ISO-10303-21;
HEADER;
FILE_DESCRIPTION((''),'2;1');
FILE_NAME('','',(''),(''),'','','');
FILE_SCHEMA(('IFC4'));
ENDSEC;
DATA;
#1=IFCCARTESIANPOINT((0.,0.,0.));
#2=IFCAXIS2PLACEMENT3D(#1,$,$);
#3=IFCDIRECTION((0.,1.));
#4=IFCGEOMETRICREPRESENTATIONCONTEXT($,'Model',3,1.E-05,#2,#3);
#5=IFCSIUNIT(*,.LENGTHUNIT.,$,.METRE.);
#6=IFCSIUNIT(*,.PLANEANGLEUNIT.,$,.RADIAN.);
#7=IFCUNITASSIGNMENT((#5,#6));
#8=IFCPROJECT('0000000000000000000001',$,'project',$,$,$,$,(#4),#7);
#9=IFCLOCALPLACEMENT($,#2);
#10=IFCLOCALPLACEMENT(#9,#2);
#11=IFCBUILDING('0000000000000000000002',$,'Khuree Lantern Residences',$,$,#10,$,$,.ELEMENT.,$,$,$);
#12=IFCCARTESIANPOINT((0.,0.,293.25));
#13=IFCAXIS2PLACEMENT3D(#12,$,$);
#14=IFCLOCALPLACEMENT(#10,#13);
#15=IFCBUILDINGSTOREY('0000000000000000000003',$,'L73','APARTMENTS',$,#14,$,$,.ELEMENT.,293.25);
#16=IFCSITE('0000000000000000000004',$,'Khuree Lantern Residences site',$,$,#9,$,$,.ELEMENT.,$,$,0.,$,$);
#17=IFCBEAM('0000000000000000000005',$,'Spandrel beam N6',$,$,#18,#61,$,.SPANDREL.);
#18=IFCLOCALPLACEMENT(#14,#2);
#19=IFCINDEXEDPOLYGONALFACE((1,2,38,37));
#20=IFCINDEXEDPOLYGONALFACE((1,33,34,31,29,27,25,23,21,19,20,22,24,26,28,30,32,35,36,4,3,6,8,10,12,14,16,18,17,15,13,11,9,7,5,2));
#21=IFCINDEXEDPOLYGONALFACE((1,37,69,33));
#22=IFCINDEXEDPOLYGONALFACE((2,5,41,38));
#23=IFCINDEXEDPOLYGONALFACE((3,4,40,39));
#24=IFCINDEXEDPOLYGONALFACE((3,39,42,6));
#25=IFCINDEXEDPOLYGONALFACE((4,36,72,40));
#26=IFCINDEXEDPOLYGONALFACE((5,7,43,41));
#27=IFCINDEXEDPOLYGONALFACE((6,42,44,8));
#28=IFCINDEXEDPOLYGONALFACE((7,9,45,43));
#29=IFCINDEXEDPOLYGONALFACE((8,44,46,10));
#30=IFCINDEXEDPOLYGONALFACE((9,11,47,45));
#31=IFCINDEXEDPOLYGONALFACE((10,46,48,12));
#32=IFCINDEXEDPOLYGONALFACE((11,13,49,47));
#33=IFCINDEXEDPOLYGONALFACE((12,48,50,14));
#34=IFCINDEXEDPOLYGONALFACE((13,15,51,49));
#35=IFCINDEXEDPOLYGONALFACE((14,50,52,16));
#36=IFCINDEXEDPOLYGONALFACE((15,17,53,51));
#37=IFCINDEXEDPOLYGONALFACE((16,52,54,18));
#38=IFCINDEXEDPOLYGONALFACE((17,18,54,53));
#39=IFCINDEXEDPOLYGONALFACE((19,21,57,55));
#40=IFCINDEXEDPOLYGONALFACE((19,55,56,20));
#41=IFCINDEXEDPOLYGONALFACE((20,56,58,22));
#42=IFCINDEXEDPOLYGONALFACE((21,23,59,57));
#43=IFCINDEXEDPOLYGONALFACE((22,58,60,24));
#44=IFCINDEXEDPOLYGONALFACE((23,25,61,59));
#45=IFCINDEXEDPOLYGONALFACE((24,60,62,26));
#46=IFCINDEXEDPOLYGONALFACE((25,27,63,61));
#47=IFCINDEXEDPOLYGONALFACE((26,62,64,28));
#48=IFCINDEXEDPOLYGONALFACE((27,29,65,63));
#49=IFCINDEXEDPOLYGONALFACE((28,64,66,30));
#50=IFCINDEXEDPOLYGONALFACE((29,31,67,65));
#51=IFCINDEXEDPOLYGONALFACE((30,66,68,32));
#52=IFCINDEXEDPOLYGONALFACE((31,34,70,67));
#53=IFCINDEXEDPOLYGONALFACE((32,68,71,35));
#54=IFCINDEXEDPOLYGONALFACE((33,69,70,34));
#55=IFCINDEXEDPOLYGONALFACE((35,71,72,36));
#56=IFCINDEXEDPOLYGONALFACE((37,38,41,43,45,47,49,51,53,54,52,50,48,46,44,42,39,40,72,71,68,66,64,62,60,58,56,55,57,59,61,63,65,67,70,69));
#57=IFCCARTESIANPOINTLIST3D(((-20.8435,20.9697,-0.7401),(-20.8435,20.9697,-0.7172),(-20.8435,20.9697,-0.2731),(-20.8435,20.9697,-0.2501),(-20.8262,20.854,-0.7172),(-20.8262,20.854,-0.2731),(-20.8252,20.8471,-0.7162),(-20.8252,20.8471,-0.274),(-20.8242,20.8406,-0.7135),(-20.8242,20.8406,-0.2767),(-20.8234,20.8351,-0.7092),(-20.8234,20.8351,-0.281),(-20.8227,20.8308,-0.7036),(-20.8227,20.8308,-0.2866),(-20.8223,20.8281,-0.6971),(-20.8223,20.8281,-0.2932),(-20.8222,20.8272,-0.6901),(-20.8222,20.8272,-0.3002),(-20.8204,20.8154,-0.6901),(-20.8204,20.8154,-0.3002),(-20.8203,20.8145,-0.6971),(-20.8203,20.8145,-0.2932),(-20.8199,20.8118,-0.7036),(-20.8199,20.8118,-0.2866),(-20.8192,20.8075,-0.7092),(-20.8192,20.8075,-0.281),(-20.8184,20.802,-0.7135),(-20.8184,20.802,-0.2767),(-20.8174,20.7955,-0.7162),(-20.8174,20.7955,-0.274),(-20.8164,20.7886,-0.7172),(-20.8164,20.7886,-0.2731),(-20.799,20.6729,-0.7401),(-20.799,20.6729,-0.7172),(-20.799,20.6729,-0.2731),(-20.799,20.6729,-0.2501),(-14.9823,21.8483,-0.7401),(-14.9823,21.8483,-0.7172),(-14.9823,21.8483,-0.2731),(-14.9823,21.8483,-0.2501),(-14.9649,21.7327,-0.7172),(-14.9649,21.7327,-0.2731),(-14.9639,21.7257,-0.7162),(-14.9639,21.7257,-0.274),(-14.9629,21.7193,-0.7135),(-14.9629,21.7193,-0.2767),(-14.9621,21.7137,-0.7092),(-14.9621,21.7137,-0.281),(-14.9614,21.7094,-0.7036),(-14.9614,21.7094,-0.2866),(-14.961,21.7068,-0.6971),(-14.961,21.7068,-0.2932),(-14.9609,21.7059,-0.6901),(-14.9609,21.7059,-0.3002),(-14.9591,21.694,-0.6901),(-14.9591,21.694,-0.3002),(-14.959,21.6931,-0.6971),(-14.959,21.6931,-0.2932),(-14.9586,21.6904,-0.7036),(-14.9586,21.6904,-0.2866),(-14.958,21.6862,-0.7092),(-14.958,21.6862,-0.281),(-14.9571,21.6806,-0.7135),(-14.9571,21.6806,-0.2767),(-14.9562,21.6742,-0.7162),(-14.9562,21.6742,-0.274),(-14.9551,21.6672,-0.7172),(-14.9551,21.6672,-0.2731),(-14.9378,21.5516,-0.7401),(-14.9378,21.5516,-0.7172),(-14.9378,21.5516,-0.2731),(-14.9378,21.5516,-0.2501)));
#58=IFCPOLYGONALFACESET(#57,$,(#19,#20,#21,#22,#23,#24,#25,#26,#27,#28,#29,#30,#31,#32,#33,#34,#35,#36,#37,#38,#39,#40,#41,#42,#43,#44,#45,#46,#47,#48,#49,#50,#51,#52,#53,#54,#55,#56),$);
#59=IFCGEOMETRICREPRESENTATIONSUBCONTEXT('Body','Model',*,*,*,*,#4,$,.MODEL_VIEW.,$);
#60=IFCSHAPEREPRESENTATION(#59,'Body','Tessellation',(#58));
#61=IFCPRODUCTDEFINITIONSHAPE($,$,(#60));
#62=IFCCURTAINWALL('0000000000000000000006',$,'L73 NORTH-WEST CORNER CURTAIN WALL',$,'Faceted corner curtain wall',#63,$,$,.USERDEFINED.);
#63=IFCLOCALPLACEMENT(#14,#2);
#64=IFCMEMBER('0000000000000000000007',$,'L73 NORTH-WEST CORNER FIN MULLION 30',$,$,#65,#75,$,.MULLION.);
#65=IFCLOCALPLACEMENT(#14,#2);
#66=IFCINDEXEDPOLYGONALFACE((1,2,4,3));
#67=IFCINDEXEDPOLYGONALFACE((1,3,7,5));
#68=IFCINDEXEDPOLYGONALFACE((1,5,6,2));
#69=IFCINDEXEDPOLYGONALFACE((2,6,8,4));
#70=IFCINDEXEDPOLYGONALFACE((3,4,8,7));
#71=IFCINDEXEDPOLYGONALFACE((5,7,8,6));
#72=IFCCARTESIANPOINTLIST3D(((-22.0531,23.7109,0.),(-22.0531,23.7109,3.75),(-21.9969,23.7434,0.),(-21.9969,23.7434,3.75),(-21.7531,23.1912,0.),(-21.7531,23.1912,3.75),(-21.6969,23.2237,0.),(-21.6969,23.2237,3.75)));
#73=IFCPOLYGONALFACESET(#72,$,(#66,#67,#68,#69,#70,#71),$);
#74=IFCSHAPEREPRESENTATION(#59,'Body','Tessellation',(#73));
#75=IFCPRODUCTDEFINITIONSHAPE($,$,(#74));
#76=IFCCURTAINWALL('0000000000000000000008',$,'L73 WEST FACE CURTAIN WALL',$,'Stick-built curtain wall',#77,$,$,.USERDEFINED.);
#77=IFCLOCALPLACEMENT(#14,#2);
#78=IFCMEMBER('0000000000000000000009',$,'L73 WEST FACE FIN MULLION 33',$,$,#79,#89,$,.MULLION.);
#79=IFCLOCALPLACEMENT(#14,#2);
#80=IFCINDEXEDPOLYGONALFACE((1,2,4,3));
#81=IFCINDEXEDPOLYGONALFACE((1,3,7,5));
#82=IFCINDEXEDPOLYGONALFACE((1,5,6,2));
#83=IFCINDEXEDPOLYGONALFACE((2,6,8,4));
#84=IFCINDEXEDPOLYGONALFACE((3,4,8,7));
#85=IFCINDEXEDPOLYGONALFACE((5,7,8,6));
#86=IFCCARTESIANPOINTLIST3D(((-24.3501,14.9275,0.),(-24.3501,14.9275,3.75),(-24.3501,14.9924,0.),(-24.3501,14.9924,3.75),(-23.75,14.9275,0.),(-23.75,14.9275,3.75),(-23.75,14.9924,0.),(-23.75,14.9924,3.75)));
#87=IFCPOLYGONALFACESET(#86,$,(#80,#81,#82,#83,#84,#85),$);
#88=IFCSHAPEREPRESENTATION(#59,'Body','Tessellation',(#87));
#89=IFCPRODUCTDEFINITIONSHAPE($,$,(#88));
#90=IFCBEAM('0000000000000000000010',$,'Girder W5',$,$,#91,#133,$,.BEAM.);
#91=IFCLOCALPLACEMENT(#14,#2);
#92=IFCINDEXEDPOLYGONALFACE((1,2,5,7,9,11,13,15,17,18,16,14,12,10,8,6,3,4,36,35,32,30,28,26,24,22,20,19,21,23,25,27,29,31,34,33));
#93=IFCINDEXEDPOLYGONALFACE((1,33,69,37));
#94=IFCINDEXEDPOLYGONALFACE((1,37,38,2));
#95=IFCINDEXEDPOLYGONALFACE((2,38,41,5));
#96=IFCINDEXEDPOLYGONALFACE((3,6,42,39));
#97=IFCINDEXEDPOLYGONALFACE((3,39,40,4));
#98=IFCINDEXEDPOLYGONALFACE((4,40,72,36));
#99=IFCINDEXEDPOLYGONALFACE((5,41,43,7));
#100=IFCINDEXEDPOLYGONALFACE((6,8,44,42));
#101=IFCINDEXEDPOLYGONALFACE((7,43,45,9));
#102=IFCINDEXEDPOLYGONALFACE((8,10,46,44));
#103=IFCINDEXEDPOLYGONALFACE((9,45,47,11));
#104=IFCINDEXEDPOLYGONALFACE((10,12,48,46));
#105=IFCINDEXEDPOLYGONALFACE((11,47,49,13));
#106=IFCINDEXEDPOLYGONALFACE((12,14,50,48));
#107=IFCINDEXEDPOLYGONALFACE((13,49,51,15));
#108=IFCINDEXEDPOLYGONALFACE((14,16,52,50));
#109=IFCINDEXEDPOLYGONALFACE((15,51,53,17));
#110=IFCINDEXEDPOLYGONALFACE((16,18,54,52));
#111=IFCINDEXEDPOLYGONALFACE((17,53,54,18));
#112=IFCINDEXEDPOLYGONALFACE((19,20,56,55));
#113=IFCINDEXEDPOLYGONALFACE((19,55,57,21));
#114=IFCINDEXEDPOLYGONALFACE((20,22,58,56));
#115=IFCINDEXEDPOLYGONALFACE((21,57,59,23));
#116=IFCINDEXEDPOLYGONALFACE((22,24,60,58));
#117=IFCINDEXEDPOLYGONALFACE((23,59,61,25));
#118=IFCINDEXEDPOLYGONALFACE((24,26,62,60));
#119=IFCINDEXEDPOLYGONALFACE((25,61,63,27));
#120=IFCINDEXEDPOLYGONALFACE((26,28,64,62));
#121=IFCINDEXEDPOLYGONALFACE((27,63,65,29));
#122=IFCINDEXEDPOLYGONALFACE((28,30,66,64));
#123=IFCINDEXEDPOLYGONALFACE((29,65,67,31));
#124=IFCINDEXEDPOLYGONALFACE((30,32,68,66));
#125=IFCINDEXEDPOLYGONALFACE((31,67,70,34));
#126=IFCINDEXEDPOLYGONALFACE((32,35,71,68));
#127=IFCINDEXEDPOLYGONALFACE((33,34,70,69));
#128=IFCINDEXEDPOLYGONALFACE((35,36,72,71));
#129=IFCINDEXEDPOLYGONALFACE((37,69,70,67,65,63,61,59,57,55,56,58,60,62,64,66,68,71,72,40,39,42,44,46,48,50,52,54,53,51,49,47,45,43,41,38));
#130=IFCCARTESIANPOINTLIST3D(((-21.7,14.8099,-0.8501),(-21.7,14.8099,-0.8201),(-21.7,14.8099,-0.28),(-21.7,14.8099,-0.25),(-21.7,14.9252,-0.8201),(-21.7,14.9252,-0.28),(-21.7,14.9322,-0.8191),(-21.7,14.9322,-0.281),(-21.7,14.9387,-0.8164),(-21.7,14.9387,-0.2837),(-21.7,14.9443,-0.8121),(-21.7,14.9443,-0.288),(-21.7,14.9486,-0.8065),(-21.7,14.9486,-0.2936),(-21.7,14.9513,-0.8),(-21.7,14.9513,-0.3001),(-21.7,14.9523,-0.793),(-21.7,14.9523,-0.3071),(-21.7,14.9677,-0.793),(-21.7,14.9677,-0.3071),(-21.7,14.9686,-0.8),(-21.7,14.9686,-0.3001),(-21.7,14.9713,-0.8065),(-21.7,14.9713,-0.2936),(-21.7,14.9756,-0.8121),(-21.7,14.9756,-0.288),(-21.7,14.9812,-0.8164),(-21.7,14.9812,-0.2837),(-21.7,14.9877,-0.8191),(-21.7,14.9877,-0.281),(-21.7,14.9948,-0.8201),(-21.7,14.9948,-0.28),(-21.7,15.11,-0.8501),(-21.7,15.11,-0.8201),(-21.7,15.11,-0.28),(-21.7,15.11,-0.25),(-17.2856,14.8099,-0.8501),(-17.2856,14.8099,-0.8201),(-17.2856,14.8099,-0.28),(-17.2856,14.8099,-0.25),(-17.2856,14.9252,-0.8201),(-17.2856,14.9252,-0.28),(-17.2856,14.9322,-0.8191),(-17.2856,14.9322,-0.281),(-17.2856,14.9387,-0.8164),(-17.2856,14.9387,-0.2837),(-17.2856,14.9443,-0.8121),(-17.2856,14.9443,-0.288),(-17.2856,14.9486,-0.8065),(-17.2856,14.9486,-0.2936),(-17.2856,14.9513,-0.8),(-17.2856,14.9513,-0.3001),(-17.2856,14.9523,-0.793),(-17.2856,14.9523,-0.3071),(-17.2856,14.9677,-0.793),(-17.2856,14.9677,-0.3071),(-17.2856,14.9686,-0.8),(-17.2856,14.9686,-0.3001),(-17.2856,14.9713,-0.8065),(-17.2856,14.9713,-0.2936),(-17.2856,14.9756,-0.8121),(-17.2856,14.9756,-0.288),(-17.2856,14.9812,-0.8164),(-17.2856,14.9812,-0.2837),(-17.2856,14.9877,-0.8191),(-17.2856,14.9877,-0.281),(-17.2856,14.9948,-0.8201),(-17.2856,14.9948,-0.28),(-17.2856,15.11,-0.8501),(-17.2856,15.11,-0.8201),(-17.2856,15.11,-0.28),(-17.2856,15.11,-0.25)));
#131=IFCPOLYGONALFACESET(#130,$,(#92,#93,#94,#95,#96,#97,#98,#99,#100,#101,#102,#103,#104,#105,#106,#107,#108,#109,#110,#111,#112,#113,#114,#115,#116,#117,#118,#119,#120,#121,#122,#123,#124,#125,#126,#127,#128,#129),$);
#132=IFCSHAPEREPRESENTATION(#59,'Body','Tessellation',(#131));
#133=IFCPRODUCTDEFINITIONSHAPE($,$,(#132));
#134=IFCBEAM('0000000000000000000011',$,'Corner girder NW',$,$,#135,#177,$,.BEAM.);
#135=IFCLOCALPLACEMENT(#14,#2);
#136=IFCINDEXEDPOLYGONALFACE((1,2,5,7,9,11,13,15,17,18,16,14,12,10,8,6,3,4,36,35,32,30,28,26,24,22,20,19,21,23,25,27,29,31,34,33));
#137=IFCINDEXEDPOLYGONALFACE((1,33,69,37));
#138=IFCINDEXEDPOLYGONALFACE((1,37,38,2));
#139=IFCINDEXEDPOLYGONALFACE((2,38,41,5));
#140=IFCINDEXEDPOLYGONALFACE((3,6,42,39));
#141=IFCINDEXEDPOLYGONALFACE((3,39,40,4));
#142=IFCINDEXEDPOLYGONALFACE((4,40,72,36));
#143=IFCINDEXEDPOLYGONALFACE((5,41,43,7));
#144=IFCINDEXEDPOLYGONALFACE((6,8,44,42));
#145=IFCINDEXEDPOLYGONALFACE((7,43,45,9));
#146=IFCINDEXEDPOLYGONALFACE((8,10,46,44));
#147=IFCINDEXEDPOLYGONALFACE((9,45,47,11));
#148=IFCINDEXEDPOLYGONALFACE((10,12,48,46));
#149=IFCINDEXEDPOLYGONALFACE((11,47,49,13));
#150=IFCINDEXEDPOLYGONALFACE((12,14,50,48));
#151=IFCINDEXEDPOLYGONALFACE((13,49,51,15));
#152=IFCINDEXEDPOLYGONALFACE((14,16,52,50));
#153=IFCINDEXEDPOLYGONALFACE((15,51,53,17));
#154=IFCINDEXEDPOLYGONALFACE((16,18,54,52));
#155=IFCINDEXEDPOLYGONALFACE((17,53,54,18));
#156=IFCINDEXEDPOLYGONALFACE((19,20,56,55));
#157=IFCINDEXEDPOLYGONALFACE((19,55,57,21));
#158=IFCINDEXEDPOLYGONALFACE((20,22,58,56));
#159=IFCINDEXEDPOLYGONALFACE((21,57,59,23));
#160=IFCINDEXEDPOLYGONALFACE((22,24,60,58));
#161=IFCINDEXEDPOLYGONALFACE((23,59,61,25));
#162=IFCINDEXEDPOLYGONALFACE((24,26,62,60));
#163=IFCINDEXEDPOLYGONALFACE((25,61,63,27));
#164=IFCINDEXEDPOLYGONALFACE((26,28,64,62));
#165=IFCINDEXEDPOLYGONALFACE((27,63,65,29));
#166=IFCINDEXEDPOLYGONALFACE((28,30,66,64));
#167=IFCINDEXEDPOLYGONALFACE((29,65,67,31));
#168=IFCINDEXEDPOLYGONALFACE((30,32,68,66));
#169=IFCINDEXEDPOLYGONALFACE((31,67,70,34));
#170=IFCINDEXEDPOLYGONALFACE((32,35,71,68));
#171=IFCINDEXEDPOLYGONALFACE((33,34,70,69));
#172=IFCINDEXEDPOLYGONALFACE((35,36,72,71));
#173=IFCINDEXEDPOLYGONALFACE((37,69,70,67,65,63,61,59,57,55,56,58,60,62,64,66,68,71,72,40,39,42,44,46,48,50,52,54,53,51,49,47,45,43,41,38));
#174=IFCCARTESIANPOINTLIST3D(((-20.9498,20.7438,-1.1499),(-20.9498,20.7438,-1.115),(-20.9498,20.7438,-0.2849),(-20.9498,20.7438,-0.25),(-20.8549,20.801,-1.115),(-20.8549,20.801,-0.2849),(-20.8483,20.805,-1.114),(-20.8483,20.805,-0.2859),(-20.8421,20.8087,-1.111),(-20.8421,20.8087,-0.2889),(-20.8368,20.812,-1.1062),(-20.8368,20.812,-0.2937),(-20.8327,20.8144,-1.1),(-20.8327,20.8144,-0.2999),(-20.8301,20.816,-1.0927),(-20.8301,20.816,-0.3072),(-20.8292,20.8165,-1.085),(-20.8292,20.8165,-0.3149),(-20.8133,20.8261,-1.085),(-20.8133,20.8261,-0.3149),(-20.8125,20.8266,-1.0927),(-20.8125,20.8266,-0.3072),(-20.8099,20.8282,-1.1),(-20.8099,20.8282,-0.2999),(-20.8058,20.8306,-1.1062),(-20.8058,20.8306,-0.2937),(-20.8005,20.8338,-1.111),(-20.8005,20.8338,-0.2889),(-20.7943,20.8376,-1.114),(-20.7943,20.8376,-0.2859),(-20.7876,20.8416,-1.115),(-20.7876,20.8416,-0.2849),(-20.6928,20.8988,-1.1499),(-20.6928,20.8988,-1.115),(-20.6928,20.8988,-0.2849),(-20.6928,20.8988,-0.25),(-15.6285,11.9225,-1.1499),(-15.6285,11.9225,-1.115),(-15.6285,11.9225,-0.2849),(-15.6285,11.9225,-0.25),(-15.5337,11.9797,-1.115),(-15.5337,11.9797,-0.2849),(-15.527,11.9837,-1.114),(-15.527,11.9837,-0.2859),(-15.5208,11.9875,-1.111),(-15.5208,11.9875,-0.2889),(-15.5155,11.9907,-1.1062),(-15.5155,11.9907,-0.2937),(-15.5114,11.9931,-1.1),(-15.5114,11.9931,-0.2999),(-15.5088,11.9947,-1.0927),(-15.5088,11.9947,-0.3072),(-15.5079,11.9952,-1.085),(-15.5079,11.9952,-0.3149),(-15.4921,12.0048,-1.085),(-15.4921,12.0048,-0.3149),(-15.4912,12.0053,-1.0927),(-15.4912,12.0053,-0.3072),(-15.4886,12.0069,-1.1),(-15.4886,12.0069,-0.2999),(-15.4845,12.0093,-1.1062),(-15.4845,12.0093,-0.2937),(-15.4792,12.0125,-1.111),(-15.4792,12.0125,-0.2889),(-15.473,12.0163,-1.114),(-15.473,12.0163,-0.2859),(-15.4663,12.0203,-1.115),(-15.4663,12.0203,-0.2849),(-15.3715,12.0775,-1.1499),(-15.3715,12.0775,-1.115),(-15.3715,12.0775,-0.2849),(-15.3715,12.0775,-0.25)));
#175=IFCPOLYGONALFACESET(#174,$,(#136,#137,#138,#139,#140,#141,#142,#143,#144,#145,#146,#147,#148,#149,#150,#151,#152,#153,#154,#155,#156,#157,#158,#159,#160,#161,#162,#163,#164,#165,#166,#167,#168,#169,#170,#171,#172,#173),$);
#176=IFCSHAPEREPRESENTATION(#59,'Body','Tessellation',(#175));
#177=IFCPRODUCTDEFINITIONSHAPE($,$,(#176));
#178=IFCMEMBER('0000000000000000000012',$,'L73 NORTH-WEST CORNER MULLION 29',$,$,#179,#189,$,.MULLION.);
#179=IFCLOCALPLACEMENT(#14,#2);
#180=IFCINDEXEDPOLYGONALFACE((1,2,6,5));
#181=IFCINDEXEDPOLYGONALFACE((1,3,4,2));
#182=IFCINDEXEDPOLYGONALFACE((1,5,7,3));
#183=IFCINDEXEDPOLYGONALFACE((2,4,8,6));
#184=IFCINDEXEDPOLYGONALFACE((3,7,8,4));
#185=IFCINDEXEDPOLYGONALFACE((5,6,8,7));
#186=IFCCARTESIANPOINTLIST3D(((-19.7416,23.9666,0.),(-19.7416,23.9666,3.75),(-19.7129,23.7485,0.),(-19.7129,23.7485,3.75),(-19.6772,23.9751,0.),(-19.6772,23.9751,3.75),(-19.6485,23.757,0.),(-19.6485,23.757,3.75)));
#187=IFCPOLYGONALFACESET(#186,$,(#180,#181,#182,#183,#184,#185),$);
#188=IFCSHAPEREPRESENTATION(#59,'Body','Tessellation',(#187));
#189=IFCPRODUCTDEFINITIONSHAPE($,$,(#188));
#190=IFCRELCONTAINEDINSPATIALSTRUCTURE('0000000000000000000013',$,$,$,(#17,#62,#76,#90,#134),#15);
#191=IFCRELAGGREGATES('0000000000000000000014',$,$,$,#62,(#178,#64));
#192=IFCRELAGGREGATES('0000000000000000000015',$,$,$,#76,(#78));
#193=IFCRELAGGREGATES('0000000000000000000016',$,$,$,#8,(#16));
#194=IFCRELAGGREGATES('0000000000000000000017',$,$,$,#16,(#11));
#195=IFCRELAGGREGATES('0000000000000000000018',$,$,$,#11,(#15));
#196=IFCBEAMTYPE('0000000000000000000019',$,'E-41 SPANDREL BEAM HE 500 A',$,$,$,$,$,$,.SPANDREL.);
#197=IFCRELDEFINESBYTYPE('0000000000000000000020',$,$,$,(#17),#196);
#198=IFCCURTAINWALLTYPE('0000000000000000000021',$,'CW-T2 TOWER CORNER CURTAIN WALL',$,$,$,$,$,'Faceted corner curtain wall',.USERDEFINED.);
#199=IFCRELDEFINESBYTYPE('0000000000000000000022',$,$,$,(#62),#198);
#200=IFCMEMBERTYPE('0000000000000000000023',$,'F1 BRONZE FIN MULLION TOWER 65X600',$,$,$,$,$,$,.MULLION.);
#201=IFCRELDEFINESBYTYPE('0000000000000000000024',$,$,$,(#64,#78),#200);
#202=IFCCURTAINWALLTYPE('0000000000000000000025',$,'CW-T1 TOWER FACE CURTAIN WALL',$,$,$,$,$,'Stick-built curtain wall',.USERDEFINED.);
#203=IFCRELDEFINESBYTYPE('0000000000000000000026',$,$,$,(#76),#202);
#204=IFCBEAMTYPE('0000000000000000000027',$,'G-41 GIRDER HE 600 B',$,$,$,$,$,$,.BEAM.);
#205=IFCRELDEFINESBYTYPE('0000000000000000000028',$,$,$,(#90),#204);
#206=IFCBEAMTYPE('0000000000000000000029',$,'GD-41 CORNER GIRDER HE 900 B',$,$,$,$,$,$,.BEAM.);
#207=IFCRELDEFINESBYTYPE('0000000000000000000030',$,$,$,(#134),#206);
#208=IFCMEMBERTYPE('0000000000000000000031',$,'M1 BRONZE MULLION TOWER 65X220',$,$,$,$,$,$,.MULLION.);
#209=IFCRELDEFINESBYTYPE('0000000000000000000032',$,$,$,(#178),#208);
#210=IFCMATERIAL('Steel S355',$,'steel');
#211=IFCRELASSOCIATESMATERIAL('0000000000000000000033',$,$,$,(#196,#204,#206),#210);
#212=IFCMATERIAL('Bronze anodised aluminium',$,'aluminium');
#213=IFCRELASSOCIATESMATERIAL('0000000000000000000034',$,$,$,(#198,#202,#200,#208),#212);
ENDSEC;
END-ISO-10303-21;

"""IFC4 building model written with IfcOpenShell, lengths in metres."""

from ifc_helpers import new_model, si_unit, direction, frame, origin, origin_2d, place, context, subcontext, project, spatial, rectangle, i_section, extrude, material, material_profile, profile_set, type_object, element, aggregate, save


model = new_model("IFC4")

# Units and contexts
model_context = context("Model", 3, precision=1e-05, world=origin(), true_north=direction((0.0, 1.0)))
body_context = subcontext(model_context, "Body", "Model", "MODEL_VIEW")
ifc_project = project(units=[si_unit("LENGTHUNIT", "METRE"), si_unit("PLANEANGLEUNIT", "RADIAN")], contexts=[model_context])

# Site, building, storey
site_placement = place(None, origin())
site = spatial("IfcSite", under=ifc_project, at=site_placement, Name="Khuree Lantern Residences site", CompositionType="ELEMENT", RefElevation=0.0)
building_placement = place(site_placement, origin())
building = spatial("IfcBuilding", under=site, at=building_placement, Name="Khuree Lantern Residences", CompositionType="ELEMENT")
storey_placement = place(building_placement, frame((0.0, 0.0, 293.25)))
storey = spatial("IfcBuildingStorey", under=building, at=storey_placement, Name="L73", Description="APARTMENTS", CompositionType="ELEMENT", Elevation=293.25)

# Beam
ifc_material_1 = material(Name="Steel S355", Category="steel")
ifc_material_profile_1 = material_profile(ifc_material_1, i_section(OverallWidth=0.3, OverallDepth=0.49, WebThickness=0.012, FlangeThickness=0.0229, FilletRadius=0.0271, at=origin_2d()), Name="HE 500 A")
ifc_profile_set_1 = profile_set([ifc_material_profile_1], Name="Steel S355")
beam_type_1 = type_object("IfcBeamType", Name="E-41 SPANDREL BEAM HE 500 A", PredefinedType="SPANDREL", material=ifc_profile_set_1)
for number, where, z_axis, x_axis, name in (
    (1, (-20.8213, 20.8213, -0.4951), (0.98895, 0.148252, 0.0), (-0.148252, 0.98895, 0.0), "Spandrel beam N6"),
):
    element("IfcBeam", number, at=place(storey_placement, frame(where, z_axis=z_axis, x_axis=x_axis)), inside=storey, type_object=beam_type_1, Name=name, PredefinedType="SPANDREL", context=body_context, shape_type="SweptSolid", body=[
        extrude(i_section(OverallWidth=0.3, OverallDepth=0.49, WebThickness=0.012, FlangeThickness=0.0229, FilletRadius=0.0271, at=origin_2d()), origin(), (0.0, 0.0, 1.0), 5.9268),
    ])

# Curtain walls, members
ifc_material_2 = material(Name="Bronze anodised aluminium", Category="aluminium")
curtain_wall_type_1 = type_object("IfcCurtainWallType", Name="CW-T2 TOWER CORNER CURTAIN WALL", ElementType="Faceted corner curtain wall", PredefinedType="USERDEFINED", material=ifc_material_2)
curtain_wall_1_placement = place(storey_placement, origin())
curtain_wall_1 = element("IfcCurtainWall", 2, at=curtain_wall_1_placement, inside=storey, type_object=curtain_wall_type_1, Name="L73 NORTH-WEST CORNER CURTAIN WALL", ObjectType="Faceted corner curtain wall", PredefinedType="USERDEFINED")
ifc_material_profile_2 = material_profile(ifc_material_2, rectangle(XDim=0.0649, YDim=0.6001, at=origin_2d()), Name="F1 65X600")
ifc_profile_set_2 = profile_set([ifc_material_profile_2], Name="Bronze anodised aluminium")
member_type_1 = type_object("IfcMemberType", Name="F1 BRONZE FIN MULLION TOWER 65X600", PredefinedType="MULLION", material=ifc_profile_set_2)
member_1_placement = place(storey_placement, frame((-21.875, 23.4673, 0.0), z_axis=(0.0, 0.0, 1.0), x_axis=(-0.866025, -0.5, 0.0)))
member_1 = element("IfcMember", 3, at=member_1_placement, type_object=member_type_1, Name="L73 NORTH-WEST CORNER FIN MULLION 30", PredefinedType="MULLION", context=body_context, shape_type="SweptSolid", body=[
    extrude(rectangle(XDim=0.0649, YDim=0.6001, at=origin_2d()), origin(), (0.0, 0.0, 1.0), 3.75),
])
curtain_wall_type_2 = type_object("IfcCurtainWallType", Name="CW-T1 TOWER FACE CURTAIN WALL", ElementType="Stick-built curtain wall", PredefinedType="USERDEFINED", material=ifc_material_2)
curtain_wall_2_placement = place(storey_placement, origin())
curtain_wall_2 = element("IfcCurtainWall", 4, at=curtain_wall_2_placement, inside=storey, type_object=curtain_wall_type_2, Name="L73 WEST FACE CURTAIN WALL", ObjectType="Stick-built curtain wall", PredefinedType="USERDEFINED")
member_2_placement = place(storey_placement, frame((-24.05, 14.96, 0.0), z_axis=(0.0, 0.0, 1.0), x_axis=(0.0, -1.0, 0.0)))
member_2 = element("IfcMember", 5, at=member_2_placement, type_object=member_type_1, Name="L73 WEST FACE FIN MULLION 33", PredefinedType="MULLION", context=body_context, shape_type="SweptSolid", body=[
    extrude(rectangle(XDim=0.0649, YDim=0.6001, at=origin_2d()), origin(), (0.0, 0.0, 1.0), 3.75),
])

# Beams
ifc_material_profile_3 = material_profile(ifc_material_1, i_section(OverallWidth=0.3, OverallDepth=0.6001, WebThickness=0.0154, FlangeThickness=0.03, FilletRadius=0.0271, at=origin_2d()), Name="HE 600 B")
ifc_profile_set_3 = profile_set([ifc_material_profile_3], Name="Steel S355")
beam_type_2 = type_object("IfcBeamType", Name="G-41 GIRDER HE 600 B", PredefinedType="BEAM", material=ifc_profile_set_3)
beam_1_placement = place(storey_placement, frame((-21.7, 14.96, -0.55), z_axis=(1.0, 0.0, 0.0), x_axis=(0.0, 1.0, 0.0)))
element("IfcBeam", 6, at=beam_1_placement, inside=storey, type_object=beam_type_2, Name="Girder W5", PredefinedType="BEAM", context=body_context, shape_type="SweptSolid", body=[
    extrude(i_section(OverallWidth=0.3, OverallDepth=0.6001, WebThickness=0.0154, FlangeThickness=0.03, FilletRadius=0.0271, at=origin_2d()), origin(), (0.0, 0.0, 1.0), 4.4143),
])
ifc_material_profile_4 = material_profile(ifc_material_1, i_section(OverallWidth=0.3, OverallDepth=0.8999, WebThickness=0.0186, FlangeThickness=0.0349, FilletRadius=0.03, at=origin_2d()), Name="HE 900 B")
ifc_profile_set_4 = profile_set([ifc_material_profile_4], Name="Steel S355")
beam_type_3 = type_object("IfcBeamType", Name="GD-41 CORNER GIRDER HE 900 B", PredefinedType="BEAM", material=ifc_profile_set_4)
beam_2_placement = place(storey_placement, frame((-20.8213, 20.8213, -0.7), z_axis=(0.51653, -0.856269, 0.0), x_axis=(0.856269, 0.51653, 0.0)))
element("IfcBeam", 7, at=beam_2_placement, inside=storey, type_object=beam_type_3, Name="Corner girder NW", PredefinedType="BEAM", context=body_context, shape_type="SweptSolid", body=[
    extrude(i_section(OverallWidth=0.3, OverallDepth=0.8999, WebThickness=0.0186, FlangeThickness=0.0349, FilletRadius=0.03, at=origin_2d()), origin(), (0.0, 0.0, 1.0), 10.302),
])

# Member
ifc_material_profile_5 = material_profile(ifc_material_2, rectangle(XDim=0.0649, YDim=0.22, at=origin_2d()), Name="M1 65X220")
ifc_profile_set_5 = profile_set([ifc_material_profile_5], Name="Bronze anodised aluminium")
member_type_2 = type_object("IfcMemberType", Name="M1 BRONZE MULLION TOWER 65X220", PredefinedType="MULLION", material=ifc_profile_set_5)
member_3_placement = place(storey_placement, frame((-19.6951, 23.8618, 0.0), z_axis=(0.0, 0.0, 1.0), x_axis=(-0.991445, -0.130526, 0.0)))
member_3 = element("IfcMember", 8, at=member_3_placement, type_object=member_type_2, Name="L73 NORTH-WEST CORNER MULLION 29", PredefinedType="MULLION", context=body_context, shape_type="SweptSolid", body=[
    extrude(rectangle(XDim=0.0649, YDim=0.22, at=origin_2d()), origin(), (0.0, 0.0, 1.0), 3.75),
])

aggregate(curtain_wall_1, [member_3, member_1])

aggregate(curtain_wall_2, [member_2])

save(model, "model.ifc")
